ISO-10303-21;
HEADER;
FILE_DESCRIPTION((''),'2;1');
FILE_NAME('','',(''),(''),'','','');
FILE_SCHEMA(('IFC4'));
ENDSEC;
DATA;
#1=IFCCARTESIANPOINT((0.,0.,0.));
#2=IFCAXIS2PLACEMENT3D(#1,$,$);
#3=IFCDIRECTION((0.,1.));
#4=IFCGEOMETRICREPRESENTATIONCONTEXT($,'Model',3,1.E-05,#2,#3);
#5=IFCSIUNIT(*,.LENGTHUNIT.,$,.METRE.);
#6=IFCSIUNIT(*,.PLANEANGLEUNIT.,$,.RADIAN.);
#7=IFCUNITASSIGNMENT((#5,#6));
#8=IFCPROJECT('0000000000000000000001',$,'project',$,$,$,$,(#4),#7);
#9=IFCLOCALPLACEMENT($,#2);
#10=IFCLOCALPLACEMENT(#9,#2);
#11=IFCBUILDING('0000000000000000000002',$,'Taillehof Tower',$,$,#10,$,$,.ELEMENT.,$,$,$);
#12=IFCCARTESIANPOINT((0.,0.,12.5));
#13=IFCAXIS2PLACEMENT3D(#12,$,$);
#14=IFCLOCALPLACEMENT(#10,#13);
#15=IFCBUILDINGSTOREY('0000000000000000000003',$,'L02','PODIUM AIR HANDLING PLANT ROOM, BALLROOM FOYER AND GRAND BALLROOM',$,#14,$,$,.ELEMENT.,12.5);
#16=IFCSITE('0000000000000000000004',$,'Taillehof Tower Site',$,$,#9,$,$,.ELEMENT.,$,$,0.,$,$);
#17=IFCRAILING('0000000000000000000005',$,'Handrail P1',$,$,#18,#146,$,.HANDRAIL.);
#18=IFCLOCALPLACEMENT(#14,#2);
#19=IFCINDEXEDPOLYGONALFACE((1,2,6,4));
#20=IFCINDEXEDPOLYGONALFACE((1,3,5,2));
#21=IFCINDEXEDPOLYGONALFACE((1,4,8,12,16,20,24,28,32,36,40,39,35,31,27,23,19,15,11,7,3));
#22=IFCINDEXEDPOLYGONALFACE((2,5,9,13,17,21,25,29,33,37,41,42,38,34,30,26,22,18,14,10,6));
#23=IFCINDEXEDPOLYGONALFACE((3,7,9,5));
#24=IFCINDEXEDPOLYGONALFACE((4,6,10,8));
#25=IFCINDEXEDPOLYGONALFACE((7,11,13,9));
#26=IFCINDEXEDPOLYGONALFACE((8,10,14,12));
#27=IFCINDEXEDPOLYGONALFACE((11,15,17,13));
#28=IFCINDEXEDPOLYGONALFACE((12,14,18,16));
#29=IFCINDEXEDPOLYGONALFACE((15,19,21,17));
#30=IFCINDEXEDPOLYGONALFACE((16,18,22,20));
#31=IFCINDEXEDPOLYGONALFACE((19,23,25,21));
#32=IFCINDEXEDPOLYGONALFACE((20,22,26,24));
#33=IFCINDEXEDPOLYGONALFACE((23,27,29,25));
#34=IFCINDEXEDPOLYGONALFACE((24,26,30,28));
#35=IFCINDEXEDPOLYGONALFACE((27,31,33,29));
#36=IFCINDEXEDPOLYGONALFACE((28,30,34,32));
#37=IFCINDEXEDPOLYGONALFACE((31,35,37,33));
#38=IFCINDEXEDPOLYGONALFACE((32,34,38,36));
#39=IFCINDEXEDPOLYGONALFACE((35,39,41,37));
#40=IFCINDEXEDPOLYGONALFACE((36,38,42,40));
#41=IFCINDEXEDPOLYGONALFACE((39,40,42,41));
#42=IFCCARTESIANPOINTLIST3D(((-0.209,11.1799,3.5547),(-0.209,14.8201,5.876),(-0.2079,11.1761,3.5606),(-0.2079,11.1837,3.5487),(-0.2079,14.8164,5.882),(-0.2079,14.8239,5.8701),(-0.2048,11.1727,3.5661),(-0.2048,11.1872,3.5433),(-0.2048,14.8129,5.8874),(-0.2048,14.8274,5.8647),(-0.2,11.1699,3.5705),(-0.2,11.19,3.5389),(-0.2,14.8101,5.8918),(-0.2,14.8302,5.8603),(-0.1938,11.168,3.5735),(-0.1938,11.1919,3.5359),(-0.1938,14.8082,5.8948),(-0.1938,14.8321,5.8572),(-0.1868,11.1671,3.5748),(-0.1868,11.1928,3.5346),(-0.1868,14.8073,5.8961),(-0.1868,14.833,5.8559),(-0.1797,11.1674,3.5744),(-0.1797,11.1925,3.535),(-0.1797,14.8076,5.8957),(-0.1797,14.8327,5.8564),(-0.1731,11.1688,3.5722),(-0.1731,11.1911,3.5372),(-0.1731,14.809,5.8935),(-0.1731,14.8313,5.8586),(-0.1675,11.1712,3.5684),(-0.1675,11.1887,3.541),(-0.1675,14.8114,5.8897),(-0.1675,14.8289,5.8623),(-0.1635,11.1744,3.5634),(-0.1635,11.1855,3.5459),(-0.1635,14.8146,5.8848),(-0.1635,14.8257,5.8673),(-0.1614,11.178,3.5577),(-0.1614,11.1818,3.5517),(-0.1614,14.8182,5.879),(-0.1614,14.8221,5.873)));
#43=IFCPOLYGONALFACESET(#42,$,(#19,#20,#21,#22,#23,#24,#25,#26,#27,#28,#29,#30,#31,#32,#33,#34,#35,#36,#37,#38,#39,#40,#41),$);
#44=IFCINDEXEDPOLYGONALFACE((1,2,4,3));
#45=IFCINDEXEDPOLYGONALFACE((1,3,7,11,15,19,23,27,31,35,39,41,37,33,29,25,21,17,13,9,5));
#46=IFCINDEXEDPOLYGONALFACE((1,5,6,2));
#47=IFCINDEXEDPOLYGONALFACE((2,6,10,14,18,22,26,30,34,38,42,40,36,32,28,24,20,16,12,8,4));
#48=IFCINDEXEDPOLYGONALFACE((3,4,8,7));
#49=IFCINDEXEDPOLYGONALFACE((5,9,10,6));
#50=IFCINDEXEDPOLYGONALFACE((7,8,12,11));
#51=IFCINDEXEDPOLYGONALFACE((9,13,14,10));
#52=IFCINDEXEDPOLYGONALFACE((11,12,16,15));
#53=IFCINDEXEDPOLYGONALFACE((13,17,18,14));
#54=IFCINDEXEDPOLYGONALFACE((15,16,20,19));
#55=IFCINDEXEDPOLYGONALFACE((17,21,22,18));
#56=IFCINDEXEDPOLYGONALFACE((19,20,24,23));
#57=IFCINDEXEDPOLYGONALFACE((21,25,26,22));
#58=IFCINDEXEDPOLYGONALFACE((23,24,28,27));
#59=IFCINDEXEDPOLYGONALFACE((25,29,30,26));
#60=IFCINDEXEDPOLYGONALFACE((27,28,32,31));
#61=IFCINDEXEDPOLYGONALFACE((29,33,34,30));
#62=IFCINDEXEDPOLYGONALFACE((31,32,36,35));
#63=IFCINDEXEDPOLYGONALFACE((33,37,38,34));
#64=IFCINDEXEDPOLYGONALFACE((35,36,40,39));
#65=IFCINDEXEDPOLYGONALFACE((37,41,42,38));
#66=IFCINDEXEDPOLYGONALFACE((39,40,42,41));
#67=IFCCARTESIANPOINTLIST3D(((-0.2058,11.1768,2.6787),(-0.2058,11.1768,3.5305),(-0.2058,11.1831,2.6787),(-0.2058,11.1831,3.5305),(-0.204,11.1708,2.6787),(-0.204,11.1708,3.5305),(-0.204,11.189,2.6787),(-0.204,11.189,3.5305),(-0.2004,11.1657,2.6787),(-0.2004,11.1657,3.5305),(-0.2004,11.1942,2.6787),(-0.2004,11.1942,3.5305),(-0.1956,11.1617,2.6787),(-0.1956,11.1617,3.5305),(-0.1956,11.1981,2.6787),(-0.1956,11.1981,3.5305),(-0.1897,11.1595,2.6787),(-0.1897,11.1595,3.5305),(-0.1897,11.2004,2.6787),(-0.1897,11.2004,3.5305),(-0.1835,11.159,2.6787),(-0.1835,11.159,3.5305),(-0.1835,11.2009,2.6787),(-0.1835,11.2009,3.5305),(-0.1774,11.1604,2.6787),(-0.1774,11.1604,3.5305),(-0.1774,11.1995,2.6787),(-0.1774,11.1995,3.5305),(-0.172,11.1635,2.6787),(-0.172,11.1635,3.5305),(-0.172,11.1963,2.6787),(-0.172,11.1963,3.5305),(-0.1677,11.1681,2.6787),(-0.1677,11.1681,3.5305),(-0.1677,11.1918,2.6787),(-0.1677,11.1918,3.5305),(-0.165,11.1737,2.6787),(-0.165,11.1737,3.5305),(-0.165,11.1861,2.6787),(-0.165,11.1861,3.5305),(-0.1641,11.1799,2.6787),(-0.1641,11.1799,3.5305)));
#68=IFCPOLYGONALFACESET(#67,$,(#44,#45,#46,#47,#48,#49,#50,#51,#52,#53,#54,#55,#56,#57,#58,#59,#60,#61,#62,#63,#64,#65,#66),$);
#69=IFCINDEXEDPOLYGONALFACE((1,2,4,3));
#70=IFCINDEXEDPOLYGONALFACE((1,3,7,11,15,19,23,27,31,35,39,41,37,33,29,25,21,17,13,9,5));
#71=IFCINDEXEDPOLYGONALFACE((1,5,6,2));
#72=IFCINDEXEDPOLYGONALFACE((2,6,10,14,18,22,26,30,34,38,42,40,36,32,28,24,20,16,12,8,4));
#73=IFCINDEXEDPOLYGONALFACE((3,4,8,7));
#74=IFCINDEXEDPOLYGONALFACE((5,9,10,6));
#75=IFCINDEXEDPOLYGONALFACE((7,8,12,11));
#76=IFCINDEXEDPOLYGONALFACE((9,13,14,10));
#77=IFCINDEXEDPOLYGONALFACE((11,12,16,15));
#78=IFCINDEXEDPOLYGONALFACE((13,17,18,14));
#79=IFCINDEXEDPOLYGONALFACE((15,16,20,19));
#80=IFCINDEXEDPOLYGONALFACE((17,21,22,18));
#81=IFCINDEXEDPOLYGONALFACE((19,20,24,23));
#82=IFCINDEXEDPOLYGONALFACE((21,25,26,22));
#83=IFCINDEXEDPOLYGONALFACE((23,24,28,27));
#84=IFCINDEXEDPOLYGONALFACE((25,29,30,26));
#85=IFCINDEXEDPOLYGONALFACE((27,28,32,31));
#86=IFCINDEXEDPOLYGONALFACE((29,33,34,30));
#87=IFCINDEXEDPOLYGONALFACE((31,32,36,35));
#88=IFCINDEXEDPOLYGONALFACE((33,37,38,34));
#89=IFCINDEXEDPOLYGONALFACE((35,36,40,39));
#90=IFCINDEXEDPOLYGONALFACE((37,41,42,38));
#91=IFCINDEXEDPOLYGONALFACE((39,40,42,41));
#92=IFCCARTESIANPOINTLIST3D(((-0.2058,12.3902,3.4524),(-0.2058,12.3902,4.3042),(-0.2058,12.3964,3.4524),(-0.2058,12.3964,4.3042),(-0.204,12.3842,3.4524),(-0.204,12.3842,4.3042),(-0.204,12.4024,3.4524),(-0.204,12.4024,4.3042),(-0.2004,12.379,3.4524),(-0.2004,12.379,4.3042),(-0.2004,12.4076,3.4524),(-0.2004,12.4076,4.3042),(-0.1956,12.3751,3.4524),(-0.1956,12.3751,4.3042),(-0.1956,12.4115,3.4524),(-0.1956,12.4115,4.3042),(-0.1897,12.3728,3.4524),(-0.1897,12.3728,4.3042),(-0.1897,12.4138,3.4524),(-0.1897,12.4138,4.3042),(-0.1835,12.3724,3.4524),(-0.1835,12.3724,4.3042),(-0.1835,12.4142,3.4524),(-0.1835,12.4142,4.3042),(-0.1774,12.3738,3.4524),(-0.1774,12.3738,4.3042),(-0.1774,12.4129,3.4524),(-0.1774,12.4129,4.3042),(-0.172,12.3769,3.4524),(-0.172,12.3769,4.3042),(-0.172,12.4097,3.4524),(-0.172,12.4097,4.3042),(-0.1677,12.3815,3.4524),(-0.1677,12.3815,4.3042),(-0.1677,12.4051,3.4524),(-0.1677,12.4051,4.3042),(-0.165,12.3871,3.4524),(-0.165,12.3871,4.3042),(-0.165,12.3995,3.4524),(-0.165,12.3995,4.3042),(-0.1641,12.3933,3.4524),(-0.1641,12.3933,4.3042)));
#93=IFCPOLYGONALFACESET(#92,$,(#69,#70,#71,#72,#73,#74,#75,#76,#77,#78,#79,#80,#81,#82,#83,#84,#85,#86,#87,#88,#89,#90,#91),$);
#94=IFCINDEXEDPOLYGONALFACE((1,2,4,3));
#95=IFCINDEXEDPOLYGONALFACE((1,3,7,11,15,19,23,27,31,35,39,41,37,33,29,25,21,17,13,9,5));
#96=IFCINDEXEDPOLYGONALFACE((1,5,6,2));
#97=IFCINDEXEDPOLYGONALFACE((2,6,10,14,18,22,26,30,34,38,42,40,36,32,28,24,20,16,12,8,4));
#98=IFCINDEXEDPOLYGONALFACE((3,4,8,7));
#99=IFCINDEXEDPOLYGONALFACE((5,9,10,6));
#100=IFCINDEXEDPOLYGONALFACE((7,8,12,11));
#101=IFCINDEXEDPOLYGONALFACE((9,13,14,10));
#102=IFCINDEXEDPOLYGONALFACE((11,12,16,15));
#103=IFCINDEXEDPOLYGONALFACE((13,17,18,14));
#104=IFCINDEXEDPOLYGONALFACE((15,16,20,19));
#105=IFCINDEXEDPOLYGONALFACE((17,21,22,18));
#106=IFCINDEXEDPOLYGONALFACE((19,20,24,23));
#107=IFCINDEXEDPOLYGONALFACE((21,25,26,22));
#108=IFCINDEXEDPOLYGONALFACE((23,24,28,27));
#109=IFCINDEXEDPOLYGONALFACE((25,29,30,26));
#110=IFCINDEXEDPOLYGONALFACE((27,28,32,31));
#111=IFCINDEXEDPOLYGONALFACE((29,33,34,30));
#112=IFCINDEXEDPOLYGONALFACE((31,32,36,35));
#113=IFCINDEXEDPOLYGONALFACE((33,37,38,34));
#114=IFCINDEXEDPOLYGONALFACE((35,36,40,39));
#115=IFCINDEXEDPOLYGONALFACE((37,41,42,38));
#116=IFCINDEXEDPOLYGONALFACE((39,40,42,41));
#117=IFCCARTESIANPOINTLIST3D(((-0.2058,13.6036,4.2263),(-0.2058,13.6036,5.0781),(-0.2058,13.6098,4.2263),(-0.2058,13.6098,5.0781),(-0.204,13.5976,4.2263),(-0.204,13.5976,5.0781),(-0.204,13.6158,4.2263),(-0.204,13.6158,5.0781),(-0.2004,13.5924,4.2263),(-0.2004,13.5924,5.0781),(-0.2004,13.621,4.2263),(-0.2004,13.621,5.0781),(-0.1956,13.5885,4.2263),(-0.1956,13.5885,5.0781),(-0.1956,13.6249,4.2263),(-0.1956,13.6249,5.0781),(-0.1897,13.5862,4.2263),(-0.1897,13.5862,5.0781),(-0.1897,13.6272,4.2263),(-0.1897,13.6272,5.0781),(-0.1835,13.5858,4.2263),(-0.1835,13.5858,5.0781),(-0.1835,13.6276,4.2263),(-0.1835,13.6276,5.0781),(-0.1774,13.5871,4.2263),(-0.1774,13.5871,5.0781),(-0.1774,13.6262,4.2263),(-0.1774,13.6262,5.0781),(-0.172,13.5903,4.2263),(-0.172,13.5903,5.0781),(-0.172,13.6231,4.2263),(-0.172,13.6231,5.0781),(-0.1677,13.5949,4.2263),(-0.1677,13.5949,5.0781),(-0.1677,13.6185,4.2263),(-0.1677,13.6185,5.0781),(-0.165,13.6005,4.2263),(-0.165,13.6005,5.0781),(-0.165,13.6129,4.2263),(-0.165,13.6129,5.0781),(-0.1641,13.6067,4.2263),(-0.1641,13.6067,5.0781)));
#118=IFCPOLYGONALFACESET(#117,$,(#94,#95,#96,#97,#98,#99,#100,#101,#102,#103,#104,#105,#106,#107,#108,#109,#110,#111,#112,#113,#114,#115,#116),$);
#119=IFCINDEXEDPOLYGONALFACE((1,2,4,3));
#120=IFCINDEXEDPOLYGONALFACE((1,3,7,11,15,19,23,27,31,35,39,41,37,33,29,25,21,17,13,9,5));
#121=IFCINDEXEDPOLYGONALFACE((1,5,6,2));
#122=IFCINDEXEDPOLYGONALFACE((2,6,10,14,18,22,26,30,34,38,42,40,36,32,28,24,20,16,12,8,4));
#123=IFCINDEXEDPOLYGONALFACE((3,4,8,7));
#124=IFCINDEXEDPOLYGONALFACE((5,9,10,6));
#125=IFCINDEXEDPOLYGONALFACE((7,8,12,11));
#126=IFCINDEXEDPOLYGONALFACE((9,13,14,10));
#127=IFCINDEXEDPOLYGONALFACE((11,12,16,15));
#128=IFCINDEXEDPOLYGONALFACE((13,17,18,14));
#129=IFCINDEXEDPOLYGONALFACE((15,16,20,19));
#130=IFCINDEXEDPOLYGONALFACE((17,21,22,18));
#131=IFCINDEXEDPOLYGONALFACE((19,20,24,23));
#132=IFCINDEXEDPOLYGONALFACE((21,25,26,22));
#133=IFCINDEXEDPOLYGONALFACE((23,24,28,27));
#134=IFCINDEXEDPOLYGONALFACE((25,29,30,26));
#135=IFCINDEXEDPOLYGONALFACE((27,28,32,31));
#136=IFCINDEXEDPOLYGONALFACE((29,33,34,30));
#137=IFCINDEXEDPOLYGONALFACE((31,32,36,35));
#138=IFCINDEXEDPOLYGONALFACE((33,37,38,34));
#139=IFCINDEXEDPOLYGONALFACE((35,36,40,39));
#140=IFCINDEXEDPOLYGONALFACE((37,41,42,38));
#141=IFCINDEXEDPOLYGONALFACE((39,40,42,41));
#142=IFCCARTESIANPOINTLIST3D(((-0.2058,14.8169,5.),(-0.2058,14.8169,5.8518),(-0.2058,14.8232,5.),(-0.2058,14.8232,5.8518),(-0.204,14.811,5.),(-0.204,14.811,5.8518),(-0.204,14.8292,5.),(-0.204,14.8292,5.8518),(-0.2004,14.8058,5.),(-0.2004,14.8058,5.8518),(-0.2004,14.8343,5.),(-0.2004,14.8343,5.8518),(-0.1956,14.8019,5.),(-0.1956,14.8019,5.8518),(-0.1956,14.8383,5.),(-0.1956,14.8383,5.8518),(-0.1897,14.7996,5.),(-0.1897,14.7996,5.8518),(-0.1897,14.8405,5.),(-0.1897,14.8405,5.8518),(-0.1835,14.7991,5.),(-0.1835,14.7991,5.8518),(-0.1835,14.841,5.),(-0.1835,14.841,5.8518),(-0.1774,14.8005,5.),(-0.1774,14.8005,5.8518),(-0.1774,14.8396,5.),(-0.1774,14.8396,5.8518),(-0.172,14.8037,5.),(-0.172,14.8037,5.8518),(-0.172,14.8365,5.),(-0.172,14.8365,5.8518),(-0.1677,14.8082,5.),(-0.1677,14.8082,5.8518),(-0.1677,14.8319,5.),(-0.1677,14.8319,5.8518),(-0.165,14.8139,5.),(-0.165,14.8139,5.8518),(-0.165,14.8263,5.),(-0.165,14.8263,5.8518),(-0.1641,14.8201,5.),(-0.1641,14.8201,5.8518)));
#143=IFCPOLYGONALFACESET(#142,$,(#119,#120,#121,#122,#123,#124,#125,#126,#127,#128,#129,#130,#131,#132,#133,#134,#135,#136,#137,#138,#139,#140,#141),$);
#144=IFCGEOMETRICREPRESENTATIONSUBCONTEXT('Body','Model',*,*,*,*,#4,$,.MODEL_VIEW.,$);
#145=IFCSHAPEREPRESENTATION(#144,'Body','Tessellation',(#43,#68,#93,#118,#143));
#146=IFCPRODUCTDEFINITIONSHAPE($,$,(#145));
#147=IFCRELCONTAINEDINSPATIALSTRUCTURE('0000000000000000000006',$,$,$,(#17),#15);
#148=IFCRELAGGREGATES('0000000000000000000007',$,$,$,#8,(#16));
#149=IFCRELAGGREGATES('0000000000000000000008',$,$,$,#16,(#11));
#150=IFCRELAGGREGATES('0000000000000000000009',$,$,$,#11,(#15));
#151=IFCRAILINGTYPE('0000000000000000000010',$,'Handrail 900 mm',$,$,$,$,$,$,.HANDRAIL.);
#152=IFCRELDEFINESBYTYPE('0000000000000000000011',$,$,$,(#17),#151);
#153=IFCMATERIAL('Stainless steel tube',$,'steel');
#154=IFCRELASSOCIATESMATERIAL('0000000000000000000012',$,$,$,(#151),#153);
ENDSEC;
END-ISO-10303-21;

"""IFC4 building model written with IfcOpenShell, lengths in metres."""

from ifc_helpers import new_model, si_unit, direction, frame, origin, origin_2d, place, context, subcontext, project, spatial, circle, extrude, material, type_object, element, save


model = new_model("IFC4")

# Units and contexts
model_context = context("Model", 3, precision=1e-05, world=origin(), true_north=direction((0.0, 1.0)))
body_context = subcontext(model_context, "Body", "Model", "MODEL_VIEW")
ifc_project = project(units=[si_unit("LENGTHUNIT", "METRE"), si_unit("PLANEANGLEUNIT", "RADIAN")], contexts=[model_context])

# Site, building, storey
site_placement = place(None, origin())
site = spatial("IfcSite", under=ifc_project, at=site_placement, Name="Taillehof Tower Site", CompositionType="ELEMENT", RefElevation=0.0)
building_placement = place(site_placement, origin())
building = spatial("IfcBuilding", under=site, at=building_placement, Name="Taillehof Tower", CompositionType="ELEMENT")
storey_placement = place(building_placement, frame((0.0, 0.0, 12.5)))
storey = spatial("IfcBuildingStorey", under=building, at=storey_placement, Name="L02", Description="PODIUM AIR HANDLING PLANT ROOM, BALLROOM FOYER AND GRAND BALLROOM", CompositionType="ELEMENT", Elevation=12.5)

# Railing
ifc_material_1 = material(Name="Stainless steel tube", Category="steel")
railing_type_1 = type_object("IfcRailingType", Name="Handrail 900 mm", PredefinedType="HANDRAIL", material=ifc_material_1)
for number, where, name in (
    (1, (-0.1851, 11.1799, 2.6787), "Handrail P1"),
):
    element("IfcRailing", number, at=place(storey_placement, frame(where)), inside=storey, type_object=railing_type_1, Name=name, PredefinedType="HANDRAIL", context=body_context, shape_type="SweptSolid", body=[
        extrude(circle(Radius=0.0239, at=origin_2d()), frame((0.0, 0.0, 0.876), z_axis=(0.0, 0.843153, 0.537673), x_axis=(-1.0, 0.0, 0.0)), (0.0, 0.0, 1.0), 4.3174),
        extrude(circle(Radius=0.021, at=origin_2d()), origin(), (0.0, 0.0, 1.0), 0.8518),
        extrude(circle(Radius=0.021, at=origin_2d()), frame((0.0, 1.2134, 0.7737)), (0.0, 0.0, 1.0), 0.8518),
        extrude(circle(Radius=0.021, at=origin_2d()), frame((0.0, 2.4268, 1.5476)), (0.0, 0.0, 1.0), 0.8518),
        extrude(circle(Radius=0.021, at=origin_2d()), frame((0.0, 3.6401, 2.3213)), (0.0, 0.0, 1.0), 0.8518),
    ])

save(model, "model.ifc")
